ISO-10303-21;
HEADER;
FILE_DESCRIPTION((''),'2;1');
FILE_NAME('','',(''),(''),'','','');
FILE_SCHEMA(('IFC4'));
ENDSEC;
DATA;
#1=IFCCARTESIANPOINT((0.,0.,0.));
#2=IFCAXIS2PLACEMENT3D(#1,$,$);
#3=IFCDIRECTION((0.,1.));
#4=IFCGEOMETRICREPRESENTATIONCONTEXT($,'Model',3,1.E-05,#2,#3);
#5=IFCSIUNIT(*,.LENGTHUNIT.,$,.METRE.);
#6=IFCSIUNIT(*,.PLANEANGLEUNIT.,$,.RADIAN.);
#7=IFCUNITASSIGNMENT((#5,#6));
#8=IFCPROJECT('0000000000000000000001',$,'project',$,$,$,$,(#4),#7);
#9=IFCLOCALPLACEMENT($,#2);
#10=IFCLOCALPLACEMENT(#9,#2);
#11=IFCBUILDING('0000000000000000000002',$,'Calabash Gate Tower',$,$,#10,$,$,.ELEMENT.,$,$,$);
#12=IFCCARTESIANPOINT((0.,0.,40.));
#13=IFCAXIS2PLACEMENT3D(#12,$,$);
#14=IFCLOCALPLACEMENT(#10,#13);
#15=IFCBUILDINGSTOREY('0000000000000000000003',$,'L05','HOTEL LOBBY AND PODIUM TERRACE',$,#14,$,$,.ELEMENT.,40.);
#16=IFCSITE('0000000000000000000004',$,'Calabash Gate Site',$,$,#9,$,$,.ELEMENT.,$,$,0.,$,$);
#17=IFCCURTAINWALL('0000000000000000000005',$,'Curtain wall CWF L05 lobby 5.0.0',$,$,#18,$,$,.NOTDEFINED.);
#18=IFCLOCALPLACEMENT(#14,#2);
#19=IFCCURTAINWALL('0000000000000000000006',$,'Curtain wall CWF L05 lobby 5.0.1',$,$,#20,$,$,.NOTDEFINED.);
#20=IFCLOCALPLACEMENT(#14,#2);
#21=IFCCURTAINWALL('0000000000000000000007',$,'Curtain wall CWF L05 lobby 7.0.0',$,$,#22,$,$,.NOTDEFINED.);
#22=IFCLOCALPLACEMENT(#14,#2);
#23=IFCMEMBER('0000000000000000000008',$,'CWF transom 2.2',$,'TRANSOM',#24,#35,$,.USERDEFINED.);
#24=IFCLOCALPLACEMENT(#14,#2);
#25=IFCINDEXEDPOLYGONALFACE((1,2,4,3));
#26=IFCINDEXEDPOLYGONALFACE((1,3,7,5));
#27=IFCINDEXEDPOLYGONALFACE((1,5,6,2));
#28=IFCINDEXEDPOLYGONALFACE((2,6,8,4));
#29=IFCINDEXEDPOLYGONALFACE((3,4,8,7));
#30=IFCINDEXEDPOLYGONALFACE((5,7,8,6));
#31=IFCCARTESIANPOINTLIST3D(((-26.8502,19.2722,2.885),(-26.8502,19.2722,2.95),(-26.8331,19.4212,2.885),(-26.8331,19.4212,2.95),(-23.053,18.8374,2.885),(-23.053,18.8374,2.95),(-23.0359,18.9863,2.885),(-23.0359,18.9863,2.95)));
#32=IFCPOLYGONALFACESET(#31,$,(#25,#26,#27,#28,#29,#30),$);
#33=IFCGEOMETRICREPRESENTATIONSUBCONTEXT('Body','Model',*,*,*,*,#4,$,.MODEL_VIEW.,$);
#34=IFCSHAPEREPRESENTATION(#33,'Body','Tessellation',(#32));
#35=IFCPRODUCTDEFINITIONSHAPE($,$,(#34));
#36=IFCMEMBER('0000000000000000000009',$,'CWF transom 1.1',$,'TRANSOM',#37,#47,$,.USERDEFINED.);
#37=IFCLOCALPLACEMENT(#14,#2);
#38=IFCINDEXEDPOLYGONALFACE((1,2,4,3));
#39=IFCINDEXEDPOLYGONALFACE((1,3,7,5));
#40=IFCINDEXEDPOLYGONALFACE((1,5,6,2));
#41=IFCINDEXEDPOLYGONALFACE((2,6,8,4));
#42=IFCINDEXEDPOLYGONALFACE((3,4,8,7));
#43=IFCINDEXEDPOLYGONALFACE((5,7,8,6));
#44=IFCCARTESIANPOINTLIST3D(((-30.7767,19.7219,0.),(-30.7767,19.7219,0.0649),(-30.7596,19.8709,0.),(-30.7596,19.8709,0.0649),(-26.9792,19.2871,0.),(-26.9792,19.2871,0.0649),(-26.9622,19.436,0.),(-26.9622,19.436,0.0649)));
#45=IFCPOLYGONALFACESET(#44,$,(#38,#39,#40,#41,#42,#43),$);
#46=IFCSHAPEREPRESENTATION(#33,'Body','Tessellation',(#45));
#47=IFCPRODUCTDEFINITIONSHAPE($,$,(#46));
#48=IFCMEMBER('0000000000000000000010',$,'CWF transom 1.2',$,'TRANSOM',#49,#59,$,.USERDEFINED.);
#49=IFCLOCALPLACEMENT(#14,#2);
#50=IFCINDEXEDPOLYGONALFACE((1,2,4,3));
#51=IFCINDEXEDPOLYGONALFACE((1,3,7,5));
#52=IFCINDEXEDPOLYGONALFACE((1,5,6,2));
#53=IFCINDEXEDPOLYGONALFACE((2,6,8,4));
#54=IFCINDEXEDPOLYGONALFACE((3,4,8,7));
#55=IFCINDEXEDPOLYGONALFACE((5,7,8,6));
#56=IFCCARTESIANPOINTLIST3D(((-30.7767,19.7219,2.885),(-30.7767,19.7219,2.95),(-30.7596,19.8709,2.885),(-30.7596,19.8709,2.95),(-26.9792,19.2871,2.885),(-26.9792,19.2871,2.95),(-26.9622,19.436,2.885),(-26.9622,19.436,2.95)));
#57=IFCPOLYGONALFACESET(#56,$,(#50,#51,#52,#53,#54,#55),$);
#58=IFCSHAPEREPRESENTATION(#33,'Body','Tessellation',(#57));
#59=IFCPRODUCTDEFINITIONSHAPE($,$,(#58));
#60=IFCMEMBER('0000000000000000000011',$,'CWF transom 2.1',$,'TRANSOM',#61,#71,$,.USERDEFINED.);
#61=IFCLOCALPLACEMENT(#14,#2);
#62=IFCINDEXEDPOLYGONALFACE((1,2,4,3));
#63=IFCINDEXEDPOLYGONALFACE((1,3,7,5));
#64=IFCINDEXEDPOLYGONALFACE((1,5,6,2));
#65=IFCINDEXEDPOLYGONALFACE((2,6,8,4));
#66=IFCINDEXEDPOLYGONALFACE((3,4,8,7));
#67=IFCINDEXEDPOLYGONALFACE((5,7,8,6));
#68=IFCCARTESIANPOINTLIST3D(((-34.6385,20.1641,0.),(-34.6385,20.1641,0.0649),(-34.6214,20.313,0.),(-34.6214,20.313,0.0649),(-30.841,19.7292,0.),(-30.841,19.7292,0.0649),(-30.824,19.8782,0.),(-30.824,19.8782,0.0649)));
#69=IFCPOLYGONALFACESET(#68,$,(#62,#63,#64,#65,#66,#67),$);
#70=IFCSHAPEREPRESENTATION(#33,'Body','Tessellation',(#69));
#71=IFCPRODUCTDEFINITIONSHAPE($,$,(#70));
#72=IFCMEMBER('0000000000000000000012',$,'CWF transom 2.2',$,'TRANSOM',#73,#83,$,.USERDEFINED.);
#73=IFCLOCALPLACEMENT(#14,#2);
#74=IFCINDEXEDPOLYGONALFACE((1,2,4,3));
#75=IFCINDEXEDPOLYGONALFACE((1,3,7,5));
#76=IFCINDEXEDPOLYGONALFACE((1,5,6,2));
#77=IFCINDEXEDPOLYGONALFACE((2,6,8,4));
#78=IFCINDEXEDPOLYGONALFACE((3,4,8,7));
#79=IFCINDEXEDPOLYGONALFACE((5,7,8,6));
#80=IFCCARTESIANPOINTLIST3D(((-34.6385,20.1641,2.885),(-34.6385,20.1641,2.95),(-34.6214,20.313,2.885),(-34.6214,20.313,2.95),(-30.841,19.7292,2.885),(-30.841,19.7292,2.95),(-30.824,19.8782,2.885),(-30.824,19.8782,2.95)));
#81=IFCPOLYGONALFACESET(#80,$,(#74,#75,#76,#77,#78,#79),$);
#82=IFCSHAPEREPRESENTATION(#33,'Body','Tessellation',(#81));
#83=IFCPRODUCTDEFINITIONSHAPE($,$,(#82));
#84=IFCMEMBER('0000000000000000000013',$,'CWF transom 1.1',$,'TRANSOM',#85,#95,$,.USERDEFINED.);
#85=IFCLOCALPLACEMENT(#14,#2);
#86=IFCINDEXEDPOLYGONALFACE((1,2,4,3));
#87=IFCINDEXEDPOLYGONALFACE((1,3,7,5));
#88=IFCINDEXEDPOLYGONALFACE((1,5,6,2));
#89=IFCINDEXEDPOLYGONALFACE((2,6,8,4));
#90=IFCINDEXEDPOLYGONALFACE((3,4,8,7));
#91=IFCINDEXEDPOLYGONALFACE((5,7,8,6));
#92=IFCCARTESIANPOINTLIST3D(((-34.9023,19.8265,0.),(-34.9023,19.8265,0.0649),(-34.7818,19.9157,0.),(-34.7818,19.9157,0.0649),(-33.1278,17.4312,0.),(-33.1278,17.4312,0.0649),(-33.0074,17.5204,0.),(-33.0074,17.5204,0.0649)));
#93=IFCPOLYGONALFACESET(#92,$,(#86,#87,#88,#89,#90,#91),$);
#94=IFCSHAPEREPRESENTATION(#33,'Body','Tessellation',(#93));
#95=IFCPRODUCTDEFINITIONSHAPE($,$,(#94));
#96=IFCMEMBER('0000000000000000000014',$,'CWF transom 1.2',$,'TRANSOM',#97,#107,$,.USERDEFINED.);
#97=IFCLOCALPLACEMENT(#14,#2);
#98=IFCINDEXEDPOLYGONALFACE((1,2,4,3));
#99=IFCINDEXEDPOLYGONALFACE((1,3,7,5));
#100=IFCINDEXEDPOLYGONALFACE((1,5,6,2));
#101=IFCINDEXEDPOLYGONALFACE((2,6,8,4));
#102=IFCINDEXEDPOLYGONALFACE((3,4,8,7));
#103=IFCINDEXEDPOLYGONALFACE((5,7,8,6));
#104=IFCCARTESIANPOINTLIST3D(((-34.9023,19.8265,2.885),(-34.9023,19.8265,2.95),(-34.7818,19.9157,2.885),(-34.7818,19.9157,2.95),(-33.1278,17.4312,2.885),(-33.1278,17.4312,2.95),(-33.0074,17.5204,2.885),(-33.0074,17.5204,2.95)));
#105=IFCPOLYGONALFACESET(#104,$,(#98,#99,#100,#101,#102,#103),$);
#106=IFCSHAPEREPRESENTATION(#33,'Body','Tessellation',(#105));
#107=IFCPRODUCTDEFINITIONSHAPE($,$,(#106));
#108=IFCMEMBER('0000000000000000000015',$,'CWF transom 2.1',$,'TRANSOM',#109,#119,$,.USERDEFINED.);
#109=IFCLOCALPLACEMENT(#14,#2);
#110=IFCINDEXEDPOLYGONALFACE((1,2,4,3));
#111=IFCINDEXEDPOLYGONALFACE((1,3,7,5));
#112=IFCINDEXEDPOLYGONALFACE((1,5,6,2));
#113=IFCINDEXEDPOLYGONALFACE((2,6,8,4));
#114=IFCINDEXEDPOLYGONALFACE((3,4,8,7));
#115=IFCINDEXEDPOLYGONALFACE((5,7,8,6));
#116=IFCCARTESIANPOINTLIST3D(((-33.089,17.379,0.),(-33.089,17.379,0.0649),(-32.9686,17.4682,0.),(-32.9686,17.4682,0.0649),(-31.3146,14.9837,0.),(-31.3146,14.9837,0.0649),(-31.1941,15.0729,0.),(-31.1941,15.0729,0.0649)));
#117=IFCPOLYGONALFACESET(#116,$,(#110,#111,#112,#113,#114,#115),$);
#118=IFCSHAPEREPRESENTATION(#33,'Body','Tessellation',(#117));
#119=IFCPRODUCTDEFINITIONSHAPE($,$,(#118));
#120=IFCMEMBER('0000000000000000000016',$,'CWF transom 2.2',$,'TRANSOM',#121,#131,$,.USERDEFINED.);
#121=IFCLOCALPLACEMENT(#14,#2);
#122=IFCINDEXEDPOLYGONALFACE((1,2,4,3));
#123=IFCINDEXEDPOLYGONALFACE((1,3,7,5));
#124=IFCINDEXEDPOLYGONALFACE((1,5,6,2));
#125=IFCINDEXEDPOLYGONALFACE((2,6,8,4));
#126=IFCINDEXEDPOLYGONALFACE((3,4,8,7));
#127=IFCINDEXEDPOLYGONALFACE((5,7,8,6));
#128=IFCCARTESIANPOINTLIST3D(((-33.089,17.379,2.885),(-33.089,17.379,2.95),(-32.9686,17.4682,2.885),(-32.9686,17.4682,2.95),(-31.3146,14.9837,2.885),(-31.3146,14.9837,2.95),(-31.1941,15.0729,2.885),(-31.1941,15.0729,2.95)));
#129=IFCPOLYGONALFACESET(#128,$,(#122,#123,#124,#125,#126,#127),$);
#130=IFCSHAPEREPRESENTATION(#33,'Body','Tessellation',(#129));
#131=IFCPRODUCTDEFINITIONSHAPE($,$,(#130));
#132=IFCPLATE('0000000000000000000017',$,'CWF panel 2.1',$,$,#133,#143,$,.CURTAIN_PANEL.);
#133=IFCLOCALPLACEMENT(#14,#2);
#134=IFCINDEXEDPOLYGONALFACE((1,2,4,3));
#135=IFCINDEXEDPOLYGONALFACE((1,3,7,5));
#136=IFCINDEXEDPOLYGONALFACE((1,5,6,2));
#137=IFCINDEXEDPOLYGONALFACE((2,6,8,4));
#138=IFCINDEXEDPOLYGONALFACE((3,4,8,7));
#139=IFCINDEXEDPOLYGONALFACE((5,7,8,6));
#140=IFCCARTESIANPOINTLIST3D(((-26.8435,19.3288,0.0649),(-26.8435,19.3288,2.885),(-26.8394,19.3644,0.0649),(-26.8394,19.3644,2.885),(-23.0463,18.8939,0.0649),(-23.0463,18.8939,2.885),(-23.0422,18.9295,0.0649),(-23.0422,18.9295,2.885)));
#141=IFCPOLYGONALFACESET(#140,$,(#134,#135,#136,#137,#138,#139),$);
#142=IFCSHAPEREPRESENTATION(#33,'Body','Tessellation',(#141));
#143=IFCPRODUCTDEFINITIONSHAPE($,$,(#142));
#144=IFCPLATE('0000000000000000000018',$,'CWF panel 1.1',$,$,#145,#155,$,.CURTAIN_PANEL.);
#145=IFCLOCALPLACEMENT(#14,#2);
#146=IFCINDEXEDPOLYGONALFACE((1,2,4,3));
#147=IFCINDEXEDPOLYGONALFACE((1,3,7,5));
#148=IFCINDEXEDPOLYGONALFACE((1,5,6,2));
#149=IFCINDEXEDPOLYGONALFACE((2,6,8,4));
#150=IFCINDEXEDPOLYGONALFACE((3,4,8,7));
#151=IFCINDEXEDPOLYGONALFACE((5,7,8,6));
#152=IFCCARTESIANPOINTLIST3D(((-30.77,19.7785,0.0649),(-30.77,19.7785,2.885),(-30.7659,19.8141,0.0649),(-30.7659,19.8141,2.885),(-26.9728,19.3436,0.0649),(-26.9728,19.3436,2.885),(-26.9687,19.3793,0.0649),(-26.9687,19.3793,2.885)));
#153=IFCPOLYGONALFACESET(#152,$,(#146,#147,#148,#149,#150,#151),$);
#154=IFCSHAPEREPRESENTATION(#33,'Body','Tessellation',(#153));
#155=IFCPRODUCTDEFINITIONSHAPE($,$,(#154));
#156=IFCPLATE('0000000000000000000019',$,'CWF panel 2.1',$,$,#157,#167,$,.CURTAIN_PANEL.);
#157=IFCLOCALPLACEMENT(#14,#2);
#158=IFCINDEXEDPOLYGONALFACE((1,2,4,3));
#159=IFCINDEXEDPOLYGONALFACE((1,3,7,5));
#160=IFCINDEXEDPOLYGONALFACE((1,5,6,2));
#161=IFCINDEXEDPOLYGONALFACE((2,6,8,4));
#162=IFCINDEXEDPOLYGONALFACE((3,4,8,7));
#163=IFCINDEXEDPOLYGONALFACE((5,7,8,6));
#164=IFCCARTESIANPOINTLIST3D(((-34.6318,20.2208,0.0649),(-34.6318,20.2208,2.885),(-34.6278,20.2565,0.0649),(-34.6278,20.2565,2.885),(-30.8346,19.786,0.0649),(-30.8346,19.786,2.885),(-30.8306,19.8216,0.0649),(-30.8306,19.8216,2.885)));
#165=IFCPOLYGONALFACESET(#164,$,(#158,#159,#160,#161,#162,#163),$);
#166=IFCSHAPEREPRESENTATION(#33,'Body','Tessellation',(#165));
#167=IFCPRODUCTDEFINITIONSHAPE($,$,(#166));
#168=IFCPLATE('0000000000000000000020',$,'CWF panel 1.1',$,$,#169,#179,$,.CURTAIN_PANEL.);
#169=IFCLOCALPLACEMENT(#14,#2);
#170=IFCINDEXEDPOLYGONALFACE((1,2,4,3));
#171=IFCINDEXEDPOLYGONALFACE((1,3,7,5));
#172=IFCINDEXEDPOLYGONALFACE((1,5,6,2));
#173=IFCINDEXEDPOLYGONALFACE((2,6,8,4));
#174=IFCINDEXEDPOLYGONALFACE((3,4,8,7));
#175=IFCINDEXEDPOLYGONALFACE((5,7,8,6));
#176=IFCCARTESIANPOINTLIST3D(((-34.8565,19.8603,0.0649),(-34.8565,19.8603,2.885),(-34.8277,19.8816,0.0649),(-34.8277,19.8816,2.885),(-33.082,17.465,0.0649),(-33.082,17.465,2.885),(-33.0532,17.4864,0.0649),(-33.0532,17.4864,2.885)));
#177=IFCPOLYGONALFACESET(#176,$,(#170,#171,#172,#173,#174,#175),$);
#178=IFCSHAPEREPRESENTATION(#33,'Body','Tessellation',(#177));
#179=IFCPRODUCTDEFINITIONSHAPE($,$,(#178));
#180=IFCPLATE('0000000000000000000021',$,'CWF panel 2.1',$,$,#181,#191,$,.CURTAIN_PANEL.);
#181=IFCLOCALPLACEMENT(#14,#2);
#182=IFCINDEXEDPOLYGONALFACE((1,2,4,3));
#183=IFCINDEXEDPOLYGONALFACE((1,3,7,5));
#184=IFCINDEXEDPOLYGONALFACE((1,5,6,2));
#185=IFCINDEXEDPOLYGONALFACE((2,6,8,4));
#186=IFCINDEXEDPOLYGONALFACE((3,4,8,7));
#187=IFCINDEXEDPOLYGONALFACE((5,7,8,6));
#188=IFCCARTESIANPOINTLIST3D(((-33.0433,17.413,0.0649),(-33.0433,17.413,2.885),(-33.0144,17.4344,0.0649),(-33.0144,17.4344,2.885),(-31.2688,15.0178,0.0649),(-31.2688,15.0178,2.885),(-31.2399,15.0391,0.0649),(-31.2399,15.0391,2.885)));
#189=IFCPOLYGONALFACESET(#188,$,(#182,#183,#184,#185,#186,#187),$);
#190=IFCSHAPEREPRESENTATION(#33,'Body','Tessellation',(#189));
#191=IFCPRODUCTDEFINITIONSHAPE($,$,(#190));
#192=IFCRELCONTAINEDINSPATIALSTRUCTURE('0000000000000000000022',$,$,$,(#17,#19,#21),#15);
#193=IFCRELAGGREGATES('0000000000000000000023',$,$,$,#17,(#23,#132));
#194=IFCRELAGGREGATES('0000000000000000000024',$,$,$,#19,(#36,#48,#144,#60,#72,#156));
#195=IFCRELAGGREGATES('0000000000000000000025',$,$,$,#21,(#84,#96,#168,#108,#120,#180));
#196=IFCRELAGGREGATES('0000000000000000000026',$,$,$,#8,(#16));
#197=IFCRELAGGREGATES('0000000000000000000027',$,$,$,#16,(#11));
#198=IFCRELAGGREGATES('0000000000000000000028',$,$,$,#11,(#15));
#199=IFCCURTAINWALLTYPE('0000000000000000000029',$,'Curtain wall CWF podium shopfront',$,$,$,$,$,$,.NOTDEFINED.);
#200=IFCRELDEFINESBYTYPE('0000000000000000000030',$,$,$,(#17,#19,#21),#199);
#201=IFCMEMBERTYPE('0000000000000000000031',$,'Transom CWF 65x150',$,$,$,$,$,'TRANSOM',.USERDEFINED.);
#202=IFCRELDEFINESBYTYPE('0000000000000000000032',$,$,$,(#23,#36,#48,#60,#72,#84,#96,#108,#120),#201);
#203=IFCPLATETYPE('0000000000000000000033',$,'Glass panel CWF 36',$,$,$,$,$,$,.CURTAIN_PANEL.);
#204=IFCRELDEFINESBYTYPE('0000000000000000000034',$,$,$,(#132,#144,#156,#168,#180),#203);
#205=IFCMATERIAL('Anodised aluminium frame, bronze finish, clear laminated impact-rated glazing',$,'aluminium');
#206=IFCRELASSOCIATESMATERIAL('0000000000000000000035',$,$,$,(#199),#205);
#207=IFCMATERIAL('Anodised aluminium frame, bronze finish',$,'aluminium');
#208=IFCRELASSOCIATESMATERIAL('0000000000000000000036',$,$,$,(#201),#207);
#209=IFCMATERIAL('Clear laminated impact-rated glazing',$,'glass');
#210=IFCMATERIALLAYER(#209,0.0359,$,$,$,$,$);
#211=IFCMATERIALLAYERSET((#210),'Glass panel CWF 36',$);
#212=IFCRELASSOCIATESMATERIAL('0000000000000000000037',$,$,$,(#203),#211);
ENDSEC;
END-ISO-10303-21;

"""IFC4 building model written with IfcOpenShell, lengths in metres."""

from ifc_helpers import new_model, si_unit, direction, frame, origin, origin_2d, place, context, subcontext, project, spatial, rectangle, extrude, material, layer, layer_set, material_profile, profile_set, type_object, element, aggregate, save


model = new_model("IFC4")

# Units and contexts
model_context = context("Model", 3, precision=1e-05, world=origin(), true_north=direction((0.0, 1.0)))
body_context = subcontext(model_context, "Body", "Model", "MODEL_VIEW")
ifc_project = project(units=[si_unit("LENGTHUNIT", "METRE"), si_unit("PLANEANGLEUNIT", "RADIAN")], contexts=[model_context])

# Site, building, storey
site_placement = place(None, origin())
site = spatial("IfcSite", under=ifc_project, at=site_placement, Name="Calabash Gate Site", CompositionType="ELEMENT", RefElevation=0.0)
building_placement = place(site_placement, origin())
building = spatial("IfcBuilding", under=site, at=building_placement, Name="Calabash Gate Tower", CompositionType="ELEMENT")
storey_placement = place(building_placement, frame((0.0, 0.0, 40.0)))
storey = spatial("IfcBuildingStorey", under=building, at=storey_placement, Name="L05", Description="HOTEL LOBBY AND PODIUM TERRACE", CompositionType="ELEMENT", Elevation=40.0)

# Curtain walls
ifc_material_1 = material(Name="Anodised aluminium frame, bronze finish, clear laminated impact-rated glazing", Category="aluminium")
curtain_wall_type = type_object("IfcCurtainWallType", Name="Curtain wall CWF podium shopfront", PredefinedType="NOTDEFINED", material=ifc_material_1)
curtain_wall_1_placement = place(storey_placement, origin())
curtain_wall_1 = element("IfcCurtainWall", 1, at=curtain_wall_1_placement, inside=storey, type_object=curtain_wall_type, Name="Curtain wall CWF L05 lobby 5.0.0", PredefinedType="NOTDEFINED")
curtain_wall_2_placement = place(storey_placement, origin())
curtain_wall_2 = element("IfcCurtainWall", 2, at=curtain_wall_2_placement, inside=storey, type_object=curtain_wall_type, Name="Curtain wall CWF L05 lobby 5.0.1", PredefinedType="NOTDEFINED")
curtain_wall_3_placement = place(storey_placement, origin())
curtain_wall_3 = element("IfcCurtainWall", 3, at=curtain_wall_3_placement, inside=storey, type_object=curtain_wall_type, Name="Curtain wall CWF L05 lobby 7.0.0", PredefinedType="NOTDEFINED")

# Members
ifc_material_2 = material(Name="Anodised aluminium frame, bronze finish", Category="aluminium")
ifc_material_profile_1 = material_profile(ifc_material_2, rectangle(XDim=0.1499, YDim=0.0649, at=origin_2d()))
ifc_profile_set_1 = profile_set([ifc_material_profile_1], Name="Anodised aluminium frame, bronze finish")
member_type_1 = type_object("IfcMemberType", Name="Transom CWF 65x150", ElementType="TRANSOM", PredefinedType="USERDEFINED", material=ifc_profile_set_1)
member_1_placement = place(storey_placement, frame((-23.0444, 18.9119, 2.9175), z_axis=(-0.993507, 0.113768, 0.0), x_axis=(-0.113768, -0.993507, 0.0)))
member_1 = element("IfcMember", 4, at=member_1_placement, type_object=member_type_1, Name="CWF transom 2.2", ObjectType="TRANSOM", PredefinedType="USERDEFINED", context=body_context, shape_type="SweptSolid", body=[
    extrude(rectangle(XDim=0.1499, YDim=0.0649, at=origin_2d()), origin(), (0.0, 0.0, 1.0), 3.822),
])
member_2_placement = place(storey_placement, frame((-26.9707, 19.3616, 0.0325), z_axis=(-0.993508, 0.113761, 0.0), x_axis=(-0.113761, -0.993508, 0.0)))
member_2 = element("IfcMember", 5, at=member_2_placement, type_object=member_type_1, Name="CWF transom 1.1", ObjectType="TRANSOM", PredefinedType="USERDEFINED", context=body_context, shape_type="SweptSolid", body=[
    extrude(rectangle(XDim=0.1499, YDim=0.0649, at=origin_2d()), origin(), (0.0, 0.0, 1.0), 3.8223),
])
member_3_placement = place(storey_placement, frame((-26.9707, 19.3616, 2.9175), z_axis=(-0.993508, 0.113761, 0.0), x_axis=(-0.113761, -0.993508, 0.0)))
member_3 = element("IfcMember", 6, at=member_3_placement, type_object=member_type_1, Name="CWF transom 1.2", ObjectType="TRANSOM", PredefinedType="USERDEFINED", context=body_context, shape_type="SweptSolid", body=[
    extrude(rectangle(XDim=0.1499, YDim=0.0649, at=origin_2d()), origin(), (0.0, 0.0, 1.0), 3.8223),
])
member_4_placement = place(storey_placement, frame((-30.8325, 19.8037, 0.0325), z_axis=(-0.993508, 0.113761, 0.0), x_axis=(-0.113761, -0.993508, 0.0)))
member_4 = element("IfcMember", 7, at=member_4_placement, type_object=member_type_1, Name="CWF transom 2.1", ObjectType="TRANSOM", PredefinedType="USERDEFINED", context=body_context, shape_type="SweptSolid", body=[
    extrude(rectangle(XDim=0.1499, YDim=0.0649, at=origin_2d()), origin(), (0.0, 0.0, 1.0), 3.8223),
])
member_5_placement = place(storey_placement, frame((-30.8325, 19.8037, 2.9175), z_axis=(-0.993508, 0.113761, 0.0), x_axis=(-0.113761, -0.993508, 0.0)))
member_5 = element("IfcMember", 8, at=member_5_placement, type_object=member_type_1, Name="CWF transom 2.2", ObjectType="TRANSOM", PredefinedType="USERDEFINED", context=body_context, shape_type="SweptSolid", body=[
    extrude(rectangle(XDim=0.1499, YDim=0.0649, at=origin_2d()), origin(), (0.0, 0.0, 1.0), 3.8223),
])
member_6_placement = place(storey_placement, frame((-34.842, 19.8711, 0.0325), z_axis=(0.595259, -0.803534, 0.0), x_axis=(0.803534, 0.595259, 0.0)))
member_6 = element("IfcMember", 9, at=member_6_placement, type_object=member_type_1, Name="CWF transom 1.1", ObjectType="TRANSOM", PredefinedType="USERDEFINED", context=body_context, shape_type="SweptSolid", body=[
    extrude(rectangle(XDim=0.1499, YDim=0.0649, at=origin_2d()), origin(), (0.0, 0.0, 1.0), 2.981),
])
member_7_placement = place(storey_placement, frame((-34.842, 19.8711, 2.9175), z_axis=(0.595259, -0.803534, 0.0), x_axis=(0.803534, 0.595259, 0.0)))
member_7 = element("IfcMember", 10, at=member_7_placement, type_object=member_type_1, Name="CWF transom 1.2", ObjectType="TRANSOM", PredefinedType="USERDEFINED", context=body_context, shape_type="SweptSolid", body=[
    extrude(rectangle(XDim=0.1499, YDim=0.0649, at=origin_2d()), origin(), (0.0, 0.0, 1.0), 2.981),
])
member_8_placement = place(storey_placement, frame((-33.0288, 17.4236, 0.0325), z_axis=(0.595259, -0.803534, 0.0), x_axis=(0.803534, 0.595259, 0.0)))
member_8 = element("IfcMember", 11, at=member_8_placement, type_object=member_type_1, Name="CWF transom 2.1", ObjectType="TRANSOM", PredefinedType="USERDEFINED", context=body_context, shape_type="SweptSolid", body=[
    extrude(rectangle(XDim=0.1499, YDim=0.0649, at=origin_2d()), origin(), (0.0, 0.0, 1.0), 2.981),
])
member_9_placement = place(storey_placement, frame((-33.0288, 17.4236, 2.9175), z_axis=(0.595259, -0.803534, 0.0), x_axis=(0.803534, 0.595259, 0.0)))
member_9 = element("IfcMember", 12, at=member_9_placement, type_object=member_type_1, Name="CWF transom 2.2", ObjectType="TRANSOM", PredefinedType="USERDEFINED", context=body_context, shape_type="SweptSolid", body=[
    extrude(rectangle(XDim=0.1499, YDim=0.0649, at=origin_2d()), origin(), (0.0, 0.0, 1.0), 2.981),
])

# Plates
ifc_material_3 = material(Name="Clear laminated impact-rated glazing", Category="glass")
ifc_layer_1 = layer(ifc_material_3, 0.0359)
ifc_layer_set_1 = layer_set([ifc_layer_1], Name="Glass panel CWF 36")
plate_type = type_object("IfcPlateType", Name="Glass panel CWF 36", PredefinedType="CURTAIN_PANEL", material=ifc_layer_set_1)
plate_1_placement = place(storey_placement, frame((-24.9429, 19.1292, 0.0649), z_axis=(0.0, 0.0, 1.0), x_axis=(-0.993506, 0.113777, 0.0)))
plate_1 = element("IfcPlate", 13, at=plate_1_placement, type_object=plate_type, Name="CWF panel 2.1", PredefinedType="CURTAIN_PANEL", context=body_context, shape_type="SweptSolid", body=[
    extrude(rectangle(XDim=3.822, YDim=0.0359, at=origin_2d()), origin(), (0.0, 0.0, 1.0), 2.8201),
])
aggregate(curtain_wall_1, [member_1, plate_1])
plate_2_placement = place(storey_placement, frame((-28.8694, 19.5789, 0.0649), z_axis=(0.0, 0.0, 1.0), x_axis=(-0.993506, 0.113777, 0.0)))
plate_2 = element("IfcPlate", 14, at=plate_2_placement, type_object=plate_type, Name="CWF panel 1.1", PredefinedType="CURTAIN_PANEL", context=body_context, shape_type="SweptSolid", body=[
    extrude(rectangle(XDim=3.822, YDim=0.0359, at=origin_2d()), origin(), (0.0, 0.0, 1.0), 2.8201),
])
plate_3_placement = place(storey_placement, frame((-32.7312, 20.0212, 0.0649), z_axis=(0.0, 0.0, 1.0), x_axis=(-0.993506, 0.113777, 0.0)))
plate_3 = element("IfcPlate", 15, at=plate_3_placement, type_object=plate_type, Name="CWF panel 2.1", PredefinedType="CURTAIN_PANEL", context=body_context, shape_type="SweptSolid", body=[
    extrude(rectangle(XDim=3.822, YDim=0.0359, at=origin_2d()), origin(), (0.0, 0.0, 1.0), 2.8201),
])
aggregate(curtain_wall_2, [member_2, member_3, plate_2, member_4, member_5, plate_3])
plate_4_placement = place(storey_placement, frame((-33.9548, 18.6733, 0.0649), z_axis=(0.0, 0.0, 1.0), x_axis=(0.595287, -0.803513, 0.0)))
plate_4 = element("IfcPlate", 16, at=plate_4_placement, type_object=plate_type, Name="CWF panel 1.1", PredefinedType="CURTAIN_PANEL", context=body_context, shape_type="SweptSolid", body=[
    extrude(rectangle(XDim=2.981, YDim=0.0359, at=origin_2d()), origin(), (0.0, 0.0, 1.0), 2.8201),
])
plate_5_placement = place(storey_placement, frame((-32.1416, 16.2261, 0.0649), z_axis=(0.0, 0.0, 1.0), x_axis=(0.595287, -0.803513, 0.0)))
plate_5 = element("IfcPlate", 17, at=plate_5_placement, type_object=plate_type, Name="CWF panel 2.1", PredefinedType="CURTAIN_PANEL", context=body_context, shape_type="SweptSolid", body=[
    extrude(rectangle(XDim=2.981, YDim=0.0359, at=origin_2d()), origin(), (0.0, 0.0, 1.0), 2.8201),
])
aggregate(curtain_wall_3, [member_6, member_7, plate_4, member_8, member_9, plate_5])

save(model, "model.ifc")
